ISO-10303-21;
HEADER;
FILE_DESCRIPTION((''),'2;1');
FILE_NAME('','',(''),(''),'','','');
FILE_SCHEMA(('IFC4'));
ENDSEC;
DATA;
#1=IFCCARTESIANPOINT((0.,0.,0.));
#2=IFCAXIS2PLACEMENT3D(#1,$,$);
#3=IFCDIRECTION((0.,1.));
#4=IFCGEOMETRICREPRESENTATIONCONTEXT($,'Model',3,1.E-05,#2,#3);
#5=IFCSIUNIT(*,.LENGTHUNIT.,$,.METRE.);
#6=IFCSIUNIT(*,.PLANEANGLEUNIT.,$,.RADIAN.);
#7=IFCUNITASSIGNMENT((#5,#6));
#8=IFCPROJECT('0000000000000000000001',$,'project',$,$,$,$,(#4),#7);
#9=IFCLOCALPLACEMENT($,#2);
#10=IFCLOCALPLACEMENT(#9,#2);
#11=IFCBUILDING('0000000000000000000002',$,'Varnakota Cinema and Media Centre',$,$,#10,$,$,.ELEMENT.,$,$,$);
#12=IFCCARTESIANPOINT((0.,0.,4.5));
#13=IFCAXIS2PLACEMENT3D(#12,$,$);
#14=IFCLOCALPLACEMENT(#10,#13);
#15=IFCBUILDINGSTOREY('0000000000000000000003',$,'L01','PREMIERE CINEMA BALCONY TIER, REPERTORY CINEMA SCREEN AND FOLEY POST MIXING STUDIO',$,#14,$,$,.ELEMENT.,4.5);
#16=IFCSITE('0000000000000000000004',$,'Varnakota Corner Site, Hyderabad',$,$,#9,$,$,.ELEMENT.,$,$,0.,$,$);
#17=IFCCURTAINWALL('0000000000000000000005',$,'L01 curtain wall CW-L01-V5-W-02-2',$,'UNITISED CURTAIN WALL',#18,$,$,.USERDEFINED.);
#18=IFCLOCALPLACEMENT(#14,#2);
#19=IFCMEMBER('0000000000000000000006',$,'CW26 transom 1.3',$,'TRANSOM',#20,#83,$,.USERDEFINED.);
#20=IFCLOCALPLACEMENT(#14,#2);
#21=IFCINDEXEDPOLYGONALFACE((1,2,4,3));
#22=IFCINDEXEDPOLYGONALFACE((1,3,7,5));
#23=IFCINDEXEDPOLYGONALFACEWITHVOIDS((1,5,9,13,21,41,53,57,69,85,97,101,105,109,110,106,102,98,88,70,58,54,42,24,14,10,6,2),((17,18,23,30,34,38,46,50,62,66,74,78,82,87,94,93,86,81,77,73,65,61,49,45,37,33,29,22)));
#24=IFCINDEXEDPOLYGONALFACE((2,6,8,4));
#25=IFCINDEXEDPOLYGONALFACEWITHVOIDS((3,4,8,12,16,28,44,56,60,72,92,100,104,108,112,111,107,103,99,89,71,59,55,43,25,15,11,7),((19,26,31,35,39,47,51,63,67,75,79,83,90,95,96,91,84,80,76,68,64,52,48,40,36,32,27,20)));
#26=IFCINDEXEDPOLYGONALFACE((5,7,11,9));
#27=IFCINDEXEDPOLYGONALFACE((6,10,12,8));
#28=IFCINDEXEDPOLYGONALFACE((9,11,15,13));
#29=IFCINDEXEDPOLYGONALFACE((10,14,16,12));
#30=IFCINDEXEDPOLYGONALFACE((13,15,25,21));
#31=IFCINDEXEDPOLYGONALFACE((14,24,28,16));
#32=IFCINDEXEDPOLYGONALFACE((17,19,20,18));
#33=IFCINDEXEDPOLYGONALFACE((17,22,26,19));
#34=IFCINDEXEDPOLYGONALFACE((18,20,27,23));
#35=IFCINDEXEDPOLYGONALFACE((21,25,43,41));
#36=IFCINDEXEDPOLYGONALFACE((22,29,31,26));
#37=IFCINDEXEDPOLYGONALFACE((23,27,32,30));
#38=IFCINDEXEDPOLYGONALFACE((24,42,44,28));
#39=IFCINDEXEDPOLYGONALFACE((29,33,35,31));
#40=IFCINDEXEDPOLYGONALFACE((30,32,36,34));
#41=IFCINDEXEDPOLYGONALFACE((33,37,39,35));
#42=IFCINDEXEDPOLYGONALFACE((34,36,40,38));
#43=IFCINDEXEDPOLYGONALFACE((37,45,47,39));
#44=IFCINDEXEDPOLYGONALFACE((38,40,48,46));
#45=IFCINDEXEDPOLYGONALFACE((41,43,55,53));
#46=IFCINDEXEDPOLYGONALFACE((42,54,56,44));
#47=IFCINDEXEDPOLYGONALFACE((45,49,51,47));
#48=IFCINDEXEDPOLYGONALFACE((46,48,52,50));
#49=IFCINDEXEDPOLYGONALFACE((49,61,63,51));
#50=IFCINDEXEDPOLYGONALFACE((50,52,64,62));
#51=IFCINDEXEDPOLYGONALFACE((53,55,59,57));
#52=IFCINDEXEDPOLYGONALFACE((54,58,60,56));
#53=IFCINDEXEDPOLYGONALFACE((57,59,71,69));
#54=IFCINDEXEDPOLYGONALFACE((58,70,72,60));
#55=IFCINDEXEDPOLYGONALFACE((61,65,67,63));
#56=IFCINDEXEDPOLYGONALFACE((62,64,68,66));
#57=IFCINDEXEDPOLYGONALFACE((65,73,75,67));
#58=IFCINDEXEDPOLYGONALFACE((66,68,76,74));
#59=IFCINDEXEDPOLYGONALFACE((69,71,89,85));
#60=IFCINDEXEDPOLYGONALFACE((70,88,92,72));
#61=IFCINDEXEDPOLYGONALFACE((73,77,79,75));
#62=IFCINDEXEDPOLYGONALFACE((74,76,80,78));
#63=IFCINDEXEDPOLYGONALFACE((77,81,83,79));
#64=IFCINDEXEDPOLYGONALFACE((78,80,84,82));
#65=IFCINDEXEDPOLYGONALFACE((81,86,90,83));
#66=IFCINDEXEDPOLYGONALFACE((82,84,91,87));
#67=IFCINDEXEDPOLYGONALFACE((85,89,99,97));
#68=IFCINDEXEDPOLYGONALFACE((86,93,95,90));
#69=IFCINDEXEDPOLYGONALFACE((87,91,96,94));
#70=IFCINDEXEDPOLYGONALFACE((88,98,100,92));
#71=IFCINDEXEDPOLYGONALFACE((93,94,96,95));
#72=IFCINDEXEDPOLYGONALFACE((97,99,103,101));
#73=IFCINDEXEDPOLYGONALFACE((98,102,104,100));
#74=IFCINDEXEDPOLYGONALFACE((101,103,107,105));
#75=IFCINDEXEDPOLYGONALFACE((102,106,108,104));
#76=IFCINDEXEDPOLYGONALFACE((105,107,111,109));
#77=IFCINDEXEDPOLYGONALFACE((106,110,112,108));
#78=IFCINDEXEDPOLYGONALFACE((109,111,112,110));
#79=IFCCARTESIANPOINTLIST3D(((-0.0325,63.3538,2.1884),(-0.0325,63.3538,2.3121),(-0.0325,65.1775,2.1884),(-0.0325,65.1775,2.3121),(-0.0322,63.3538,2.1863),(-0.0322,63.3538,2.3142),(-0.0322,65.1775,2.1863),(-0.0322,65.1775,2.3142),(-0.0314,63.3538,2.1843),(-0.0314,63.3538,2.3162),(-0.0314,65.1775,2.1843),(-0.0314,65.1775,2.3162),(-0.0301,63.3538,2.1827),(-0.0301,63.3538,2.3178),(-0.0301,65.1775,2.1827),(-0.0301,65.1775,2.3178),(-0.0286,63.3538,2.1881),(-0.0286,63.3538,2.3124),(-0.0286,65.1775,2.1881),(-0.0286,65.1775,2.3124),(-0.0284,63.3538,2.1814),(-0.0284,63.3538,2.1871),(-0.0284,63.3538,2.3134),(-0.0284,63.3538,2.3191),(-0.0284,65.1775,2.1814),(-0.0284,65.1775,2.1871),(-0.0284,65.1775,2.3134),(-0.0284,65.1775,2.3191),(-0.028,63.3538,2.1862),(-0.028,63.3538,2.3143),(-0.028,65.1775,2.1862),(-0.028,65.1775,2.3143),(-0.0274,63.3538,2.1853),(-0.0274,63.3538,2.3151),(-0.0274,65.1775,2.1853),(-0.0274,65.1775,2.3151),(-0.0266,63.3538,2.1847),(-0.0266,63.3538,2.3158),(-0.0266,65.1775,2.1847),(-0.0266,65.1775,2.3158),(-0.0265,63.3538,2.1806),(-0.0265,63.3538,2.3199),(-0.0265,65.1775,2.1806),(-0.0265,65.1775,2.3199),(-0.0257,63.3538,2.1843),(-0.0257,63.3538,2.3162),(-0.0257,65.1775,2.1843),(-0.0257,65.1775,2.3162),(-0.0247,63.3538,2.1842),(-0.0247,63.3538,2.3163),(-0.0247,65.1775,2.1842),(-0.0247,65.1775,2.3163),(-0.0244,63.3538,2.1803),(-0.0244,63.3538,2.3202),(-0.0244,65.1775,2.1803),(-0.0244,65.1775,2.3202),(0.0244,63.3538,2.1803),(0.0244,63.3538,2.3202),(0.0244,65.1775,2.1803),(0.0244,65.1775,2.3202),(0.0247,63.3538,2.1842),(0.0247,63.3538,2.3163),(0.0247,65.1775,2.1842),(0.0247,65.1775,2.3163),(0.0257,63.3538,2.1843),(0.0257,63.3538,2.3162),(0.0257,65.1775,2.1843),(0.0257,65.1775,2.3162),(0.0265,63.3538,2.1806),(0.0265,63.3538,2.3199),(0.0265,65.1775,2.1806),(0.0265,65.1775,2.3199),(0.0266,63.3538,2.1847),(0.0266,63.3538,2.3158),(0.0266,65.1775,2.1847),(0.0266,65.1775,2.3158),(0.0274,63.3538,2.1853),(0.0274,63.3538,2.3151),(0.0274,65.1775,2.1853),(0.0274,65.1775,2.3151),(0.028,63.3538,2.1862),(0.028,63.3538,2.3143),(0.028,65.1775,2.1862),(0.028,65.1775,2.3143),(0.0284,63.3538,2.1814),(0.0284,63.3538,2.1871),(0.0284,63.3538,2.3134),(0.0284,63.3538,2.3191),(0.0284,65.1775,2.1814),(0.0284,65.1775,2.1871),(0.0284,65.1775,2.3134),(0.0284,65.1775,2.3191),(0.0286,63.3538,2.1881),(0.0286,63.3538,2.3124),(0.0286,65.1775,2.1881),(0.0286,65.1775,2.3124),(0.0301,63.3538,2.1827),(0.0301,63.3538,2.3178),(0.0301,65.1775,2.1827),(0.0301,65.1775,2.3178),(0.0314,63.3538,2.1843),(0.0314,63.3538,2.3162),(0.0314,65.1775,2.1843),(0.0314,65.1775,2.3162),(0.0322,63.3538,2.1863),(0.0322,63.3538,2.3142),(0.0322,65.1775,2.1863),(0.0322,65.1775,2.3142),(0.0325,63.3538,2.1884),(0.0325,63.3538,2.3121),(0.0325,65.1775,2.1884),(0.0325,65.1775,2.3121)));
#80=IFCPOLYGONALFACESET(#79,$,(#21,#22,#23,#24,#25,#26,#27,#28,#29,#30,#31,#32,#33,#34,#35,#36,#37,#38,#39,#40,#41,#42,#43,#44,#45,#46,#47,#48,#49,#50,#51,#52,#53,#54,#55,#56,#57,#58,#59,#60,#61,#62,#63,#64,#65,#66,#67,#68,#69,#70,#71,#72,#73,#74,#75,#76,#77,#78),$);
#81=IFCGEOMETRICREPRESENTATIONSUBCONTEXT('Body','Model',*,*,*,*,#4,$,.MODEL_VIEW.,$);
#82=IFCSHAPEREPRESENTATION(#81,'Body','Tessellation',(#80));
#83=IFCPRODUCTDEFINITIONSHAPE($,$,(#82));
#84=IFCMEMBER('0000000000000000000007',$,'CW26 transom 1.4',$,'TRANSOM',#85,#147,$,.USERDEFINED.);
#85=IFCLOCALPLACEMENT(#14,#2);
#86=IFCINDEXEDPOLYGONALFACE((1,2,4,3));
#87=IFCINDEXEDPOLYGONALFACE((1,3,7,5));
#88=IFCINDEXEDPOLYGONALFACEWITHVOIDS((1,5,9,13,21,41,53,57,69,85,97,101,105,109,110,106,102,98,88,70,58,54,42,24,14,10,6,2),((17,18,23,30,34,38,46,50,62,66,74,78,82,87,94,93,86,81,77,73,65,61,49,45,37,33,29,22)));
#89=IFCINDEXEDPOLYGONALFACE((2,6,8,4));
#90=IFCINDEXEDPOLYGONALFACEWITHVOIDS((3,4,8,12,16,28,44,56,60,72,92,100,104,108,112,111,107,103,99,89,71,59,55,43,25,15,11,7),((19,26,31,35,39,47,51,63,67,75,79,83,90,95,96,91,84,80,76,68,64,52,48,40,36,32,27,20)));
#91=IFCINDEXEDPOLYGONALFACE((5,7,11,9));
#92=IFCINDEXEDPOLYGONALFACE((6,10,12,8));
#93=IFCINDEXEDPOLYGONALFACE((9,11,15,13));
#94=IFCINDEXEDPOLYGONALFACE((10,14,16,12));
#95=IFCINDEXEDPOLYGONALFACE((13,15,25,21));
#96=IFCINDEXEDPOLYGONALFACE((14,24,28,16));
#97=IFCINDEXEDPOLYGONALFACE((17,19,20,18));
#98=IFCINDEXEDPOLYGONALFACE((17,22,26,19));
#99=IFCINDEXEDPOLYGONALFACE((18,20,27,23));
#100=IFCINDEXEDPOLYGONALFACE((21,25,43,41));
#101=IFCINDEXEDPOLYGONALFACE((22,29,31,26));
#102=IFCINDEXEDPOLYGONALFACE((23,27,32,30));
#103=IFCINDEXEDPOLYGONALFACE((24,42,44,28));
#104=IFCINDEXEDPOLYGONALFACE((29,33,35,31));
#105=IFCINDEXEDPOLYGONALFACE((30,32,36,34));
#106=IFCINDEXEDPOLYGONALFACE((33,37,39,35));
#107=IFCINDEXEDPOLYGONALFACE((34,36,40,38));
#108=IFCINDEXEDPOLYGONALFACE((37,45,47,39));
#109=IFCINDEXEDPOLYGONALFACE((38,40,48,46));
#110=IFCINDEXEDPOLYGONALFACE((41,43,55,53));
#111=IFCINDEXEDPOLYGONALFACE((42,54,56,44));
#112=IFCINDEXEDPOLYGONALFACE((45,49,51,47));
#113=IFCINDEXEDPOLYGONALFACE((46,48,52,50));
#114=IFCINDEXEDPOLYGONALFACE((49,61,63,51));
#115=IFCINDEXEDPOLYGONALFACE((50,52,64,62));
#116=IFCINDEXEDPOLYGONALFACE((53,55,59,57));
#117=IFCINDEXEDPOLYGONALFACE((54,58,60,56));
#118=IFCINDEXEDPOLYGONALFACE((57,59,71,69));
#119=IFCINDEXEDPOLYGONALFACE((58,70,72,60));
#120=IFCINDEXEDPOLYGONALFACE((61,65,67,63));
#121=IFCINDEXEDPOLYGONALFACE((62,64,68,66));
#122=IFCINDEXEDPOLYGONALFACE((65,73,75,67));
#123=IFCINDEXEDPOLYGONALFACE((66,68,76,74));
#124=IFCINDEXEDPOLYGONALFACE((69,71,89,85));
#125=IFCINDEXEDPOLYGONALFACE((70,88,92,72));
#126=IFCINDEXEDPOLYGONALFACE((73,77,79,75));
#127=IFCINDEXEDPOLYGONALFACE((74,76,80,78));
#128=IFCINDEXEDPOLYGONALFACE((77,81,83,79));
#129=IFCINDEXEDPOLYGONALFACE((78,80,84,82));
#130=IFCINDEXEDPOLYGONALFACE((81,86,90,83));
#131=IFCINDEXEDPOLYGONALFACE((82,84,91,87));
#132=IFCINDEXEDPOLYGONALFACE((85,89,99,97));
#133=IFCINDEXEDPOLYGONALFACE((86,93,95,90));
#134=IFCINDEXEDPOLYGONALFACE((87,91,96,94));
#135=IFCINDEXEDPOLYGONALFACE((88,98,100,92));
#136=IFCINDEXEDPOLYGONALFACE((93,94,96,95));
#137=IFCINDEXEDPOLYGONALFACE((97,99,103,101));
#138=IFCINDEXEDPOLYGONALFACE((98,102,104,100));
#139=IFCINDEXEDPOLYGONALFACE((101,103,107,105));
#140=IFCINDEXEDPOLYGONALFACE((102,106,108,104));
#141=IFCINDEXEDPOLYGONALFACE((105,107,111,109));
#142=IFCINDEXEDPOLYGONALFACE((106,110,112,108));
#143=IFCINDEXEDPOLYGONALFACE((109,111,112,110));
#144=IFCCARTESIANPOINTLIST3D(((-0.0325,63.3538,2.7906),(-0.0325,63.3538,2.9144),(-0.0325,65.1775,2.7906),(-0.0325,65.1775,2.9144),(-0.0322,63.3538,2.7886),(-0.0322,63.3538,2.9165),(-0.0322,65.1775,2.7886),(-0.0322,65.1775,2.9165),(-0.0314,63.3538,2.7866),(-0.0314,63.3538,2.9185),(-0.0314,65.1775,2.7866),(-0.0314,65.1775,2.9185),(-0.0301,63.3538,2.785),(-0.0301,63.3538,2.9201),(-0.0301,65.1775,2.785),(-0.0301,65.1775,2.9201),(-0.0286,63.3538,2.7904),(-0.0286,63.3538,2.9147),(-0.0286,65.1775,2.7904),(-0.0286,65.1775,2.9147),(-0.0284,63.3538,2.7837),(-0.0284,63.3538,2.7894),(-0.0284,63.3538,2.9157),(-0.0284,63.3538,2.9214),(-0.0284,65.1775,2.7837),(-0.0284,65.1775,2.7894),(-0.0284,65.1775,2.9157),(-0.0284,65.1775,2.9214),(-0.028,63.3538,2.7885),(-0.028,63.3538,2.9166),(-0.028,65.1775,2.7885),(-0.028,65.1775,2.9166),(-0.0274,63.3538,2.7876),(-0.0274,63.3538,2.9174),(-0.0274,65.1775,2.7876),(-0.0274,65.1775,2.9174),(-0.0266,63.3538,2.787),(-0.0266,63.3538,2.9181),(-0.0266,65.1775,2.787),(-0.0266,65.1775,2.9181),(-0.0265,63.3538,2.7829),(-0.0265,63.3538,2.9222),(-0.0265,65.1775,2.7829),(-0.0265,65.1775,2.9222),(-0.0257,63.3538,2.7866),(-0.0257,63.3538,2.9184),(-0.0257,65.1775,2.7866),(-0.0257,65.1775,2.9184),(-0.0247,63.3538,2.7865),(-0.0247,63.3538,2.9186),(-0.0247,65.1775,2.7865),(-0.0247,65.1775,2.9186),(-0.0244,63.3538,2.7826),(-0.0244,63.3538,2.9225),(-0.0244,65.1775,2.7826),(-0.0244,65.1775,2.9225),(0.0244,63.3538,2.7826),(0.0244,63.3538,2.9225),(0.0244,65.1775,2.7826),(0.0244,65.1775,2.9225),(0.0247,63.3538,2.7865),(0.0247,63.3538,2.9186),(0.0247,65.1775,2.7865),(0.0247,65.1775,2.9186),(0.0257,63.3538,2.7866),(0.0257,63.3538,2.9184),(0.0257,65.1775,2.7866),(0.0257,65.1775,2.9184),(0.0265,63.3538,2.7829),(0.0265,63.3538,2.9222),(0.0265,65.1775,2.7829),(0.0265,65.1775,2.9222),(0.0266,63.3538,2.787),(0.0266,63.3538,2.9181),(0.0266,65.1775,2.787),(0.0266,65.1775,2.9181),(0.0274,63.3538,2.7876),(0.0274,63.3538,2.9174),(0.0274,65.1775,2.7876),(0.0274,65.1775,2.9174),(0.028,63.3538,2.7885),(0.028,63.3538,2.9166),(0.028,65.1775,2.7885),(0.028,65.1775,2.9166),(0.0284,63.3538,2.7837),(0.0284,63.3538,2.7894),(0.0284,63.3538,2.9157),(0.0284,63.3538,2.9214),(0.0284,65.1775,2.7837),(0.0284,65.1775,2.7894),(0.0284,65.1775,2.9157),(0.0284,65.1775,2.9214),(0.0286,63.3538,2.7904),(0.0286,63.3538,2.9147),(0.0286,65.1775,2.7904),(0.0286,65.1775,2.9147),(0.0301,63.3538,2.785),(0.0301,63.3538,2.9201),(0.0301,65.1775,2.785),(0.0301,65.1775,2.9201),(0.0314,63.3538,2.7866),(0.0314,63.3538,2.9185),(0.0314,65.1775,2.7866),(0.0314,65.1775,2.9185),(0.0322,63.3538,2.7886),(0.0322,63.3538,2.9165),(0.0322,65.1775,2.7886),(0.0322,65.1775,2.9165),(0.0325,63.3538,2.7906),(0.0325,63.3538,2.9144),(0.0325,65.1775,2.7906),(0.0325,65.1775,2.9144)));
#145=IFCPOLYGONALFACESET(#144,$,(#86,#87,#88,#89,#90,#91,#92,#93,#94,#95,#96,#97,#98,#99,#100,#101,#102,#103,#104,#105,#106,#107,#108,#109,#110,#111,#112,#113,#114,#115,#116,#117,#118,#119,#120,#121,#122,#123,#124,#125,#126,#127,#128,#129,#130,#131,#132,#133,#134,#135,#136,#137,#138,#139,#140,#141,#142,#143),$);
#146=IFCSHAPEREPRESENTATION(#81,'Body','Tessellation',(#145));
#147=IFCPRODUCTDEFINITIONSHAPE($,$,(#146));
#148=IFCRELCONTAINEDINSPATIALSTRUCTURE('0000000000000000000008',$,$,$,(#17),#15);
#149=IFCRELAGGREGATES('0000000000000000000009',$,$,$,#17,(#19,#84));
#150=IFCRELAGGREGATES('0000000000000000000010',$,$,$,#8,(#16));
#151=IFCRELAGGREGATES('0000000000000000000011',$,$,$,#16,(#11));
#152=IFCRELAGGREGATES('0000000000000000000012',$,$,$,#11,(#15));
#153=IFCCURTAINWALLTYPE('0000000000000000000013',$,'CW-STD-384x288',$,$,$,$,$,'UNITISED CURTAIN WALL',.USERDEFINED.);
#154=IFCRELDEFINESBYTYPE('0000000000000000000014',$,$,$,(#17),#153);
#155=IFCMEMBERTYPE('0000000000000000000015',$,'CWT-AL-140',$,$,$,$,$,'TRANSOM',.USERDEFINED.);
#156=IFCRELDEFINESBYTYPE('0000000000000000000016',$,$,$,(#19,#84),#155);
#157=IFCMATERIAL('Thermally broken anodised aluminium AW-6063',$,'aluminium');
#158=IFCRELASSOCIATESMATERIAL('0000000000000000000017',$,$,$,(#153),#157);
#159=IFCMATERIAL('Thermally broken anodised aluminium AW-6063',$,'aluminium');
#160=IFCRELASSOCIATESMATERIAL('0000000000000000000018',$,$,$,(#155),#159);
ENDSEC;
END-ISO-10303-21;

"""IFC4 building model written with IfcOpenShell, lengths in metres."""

from ifc_helpers import new_model, si_unit, direction, frame, origin, origin_2d, place, context, subcontext, project, spatial, hollow_rectangle, extrude, material, material_profile, profile_set, type_object, element, aggregate, save


model = new_model("IFC4")

# Units and contexts
model_context = context("Model", 3, precision=1e-05, world=origin(), true_north=direction((0.0, 1.0)))
body_context = subcontext(model_context, "Body", "Model", "MODEL_VIEW")
ifc_project = project(units=[si_unit("LENGTHUNIT", "METRE"), si_unit("PLANEANGLEUNIT", "RADIAN")], contexts=[model_context])

# Site, building, storey
site_placement = place(None, origin())
site = spatial("IfcSite", under=ifc_project, at=site_placement, Name="Varnakota Corner Site, Hyderabad", CompositionType="ELEMENT", RefElevation=0.0)
building_placement = place(site_placement, origin())
building = spatial("IfcBuilding", under=site, at=building_placement, Name="Varnakota Cinema and Media Centre", CompositionType="ELEMENT")
storey_placement = place(building_placement, frame((0.0, 0.0, 4.5)))
storey = spatial("IfcBuildingStorey", under=building, at=storey_placement, Name="L01", Description="PREMIERE CINEMA BALCONY TIER, REPERTORY CINEMA SCREEN AND FOLEY POST MIXING STUDIO", CompositionType="ELEMENT", Elevation=4.5)

# Curtain wall
ifc_material_1 = material(Name="Thermally broken anodised aluminium AW-6063", Category="aluminium")
curtain_wall_type = type_object("IfcCurtainWallType", Name="CW-STD-384x288", ElementType="UNITISED CURTAIN WALL", PredefinedType="USERDEFINED", material=ifc_material_1)
curtain_wall_1_placement = place(storey_placement, origin())
curtain_wall_1 = element("IfcCurtainWall", 1, at=curtain_wall_1_placement, inside=storey, type_object=curtain_wall_type, Name="L01 curtain wall CW-L01-V5-W-02-2", ObjectType="UNITISED CURTAIN WALL", PredefinedType="USERDEFINED")

# Members
ifc_material_2 = material(Name="Thermally broken anodised aluminium AW-6063", Category="aluminium")
ifc_material_profile_1 = material_profile(ifc_material_2, hollow_rectangle(XDim=0.0649, YDim=0.1399, WallThickness=0.0039, InnerFilletRadius=0.0039, OuterFilletRadius=0.0081, at=origin_2d()), Name="AL-TRANSOM 140x65x4")
ifc_profile_set_1 = profile_set([ifc_material_profile_1], Name="Thermally broken anodised aluminium AW-6063")
member_type_1 = type_object("IfcMemberType", Name="CWT-AL-140", ElementType="TRANSOM", PredefinedType="USERDEFINED", material=ifc_profile_set_1)
member_1_placement = place(storey_placement, frame((0.0, 65.1775, 2.2502), z_axis=(0.0, -1.0, 0.0), x_axis=(1.0, 0.0, 0.0)))
member_1 = element("IfcMember", 2, at=member_1_placement, type_object=member_type_1, Name="CW26 transom 1.3", ObjectType="TRANSOM", PredefinedType="USERDEFINED", context=body_context, shape_type="SweptSolid", body=[
    extrude(hollow_rectangle(XDim=0.0649, YDim=0.1399, WallThickness=0.0039, InnerFilletRadius=0.0039, OuterFilletRadius=0.0081, at=origin_2d()), origin(), (0.0, 0.0, 1.0), 1.8237),
])
member_2_placement = place(storey_placement, frame((0.0, 65.1775, 2.8525), z_axis=(0.0, -1.0, 0.0), x_axis=(1.0, 0.0, 0.0)))
member_2 = element("IfcMember", 3, at=member_2_placement, type_object=member_type_1, Name="CW26 transom 1.4", ObjectType="TRANSOM", PredefinedType="USERDEFINED", context=body_context, shape_type="SweptSolid", body=[
    extrude(hollow_rectangle(XDim=0.0649, YDim=0.1399, WallThickness=0.0039, InnerFilletRadius=0.0039, OuterFilletRadius=0.0081, at=origin_2d()), origin(), (0.0, 0.0, 1.0), 1.8237),
])

aggregate(curtain_wall_1, [member_1, member_2])

save(model, "model.ifc")
